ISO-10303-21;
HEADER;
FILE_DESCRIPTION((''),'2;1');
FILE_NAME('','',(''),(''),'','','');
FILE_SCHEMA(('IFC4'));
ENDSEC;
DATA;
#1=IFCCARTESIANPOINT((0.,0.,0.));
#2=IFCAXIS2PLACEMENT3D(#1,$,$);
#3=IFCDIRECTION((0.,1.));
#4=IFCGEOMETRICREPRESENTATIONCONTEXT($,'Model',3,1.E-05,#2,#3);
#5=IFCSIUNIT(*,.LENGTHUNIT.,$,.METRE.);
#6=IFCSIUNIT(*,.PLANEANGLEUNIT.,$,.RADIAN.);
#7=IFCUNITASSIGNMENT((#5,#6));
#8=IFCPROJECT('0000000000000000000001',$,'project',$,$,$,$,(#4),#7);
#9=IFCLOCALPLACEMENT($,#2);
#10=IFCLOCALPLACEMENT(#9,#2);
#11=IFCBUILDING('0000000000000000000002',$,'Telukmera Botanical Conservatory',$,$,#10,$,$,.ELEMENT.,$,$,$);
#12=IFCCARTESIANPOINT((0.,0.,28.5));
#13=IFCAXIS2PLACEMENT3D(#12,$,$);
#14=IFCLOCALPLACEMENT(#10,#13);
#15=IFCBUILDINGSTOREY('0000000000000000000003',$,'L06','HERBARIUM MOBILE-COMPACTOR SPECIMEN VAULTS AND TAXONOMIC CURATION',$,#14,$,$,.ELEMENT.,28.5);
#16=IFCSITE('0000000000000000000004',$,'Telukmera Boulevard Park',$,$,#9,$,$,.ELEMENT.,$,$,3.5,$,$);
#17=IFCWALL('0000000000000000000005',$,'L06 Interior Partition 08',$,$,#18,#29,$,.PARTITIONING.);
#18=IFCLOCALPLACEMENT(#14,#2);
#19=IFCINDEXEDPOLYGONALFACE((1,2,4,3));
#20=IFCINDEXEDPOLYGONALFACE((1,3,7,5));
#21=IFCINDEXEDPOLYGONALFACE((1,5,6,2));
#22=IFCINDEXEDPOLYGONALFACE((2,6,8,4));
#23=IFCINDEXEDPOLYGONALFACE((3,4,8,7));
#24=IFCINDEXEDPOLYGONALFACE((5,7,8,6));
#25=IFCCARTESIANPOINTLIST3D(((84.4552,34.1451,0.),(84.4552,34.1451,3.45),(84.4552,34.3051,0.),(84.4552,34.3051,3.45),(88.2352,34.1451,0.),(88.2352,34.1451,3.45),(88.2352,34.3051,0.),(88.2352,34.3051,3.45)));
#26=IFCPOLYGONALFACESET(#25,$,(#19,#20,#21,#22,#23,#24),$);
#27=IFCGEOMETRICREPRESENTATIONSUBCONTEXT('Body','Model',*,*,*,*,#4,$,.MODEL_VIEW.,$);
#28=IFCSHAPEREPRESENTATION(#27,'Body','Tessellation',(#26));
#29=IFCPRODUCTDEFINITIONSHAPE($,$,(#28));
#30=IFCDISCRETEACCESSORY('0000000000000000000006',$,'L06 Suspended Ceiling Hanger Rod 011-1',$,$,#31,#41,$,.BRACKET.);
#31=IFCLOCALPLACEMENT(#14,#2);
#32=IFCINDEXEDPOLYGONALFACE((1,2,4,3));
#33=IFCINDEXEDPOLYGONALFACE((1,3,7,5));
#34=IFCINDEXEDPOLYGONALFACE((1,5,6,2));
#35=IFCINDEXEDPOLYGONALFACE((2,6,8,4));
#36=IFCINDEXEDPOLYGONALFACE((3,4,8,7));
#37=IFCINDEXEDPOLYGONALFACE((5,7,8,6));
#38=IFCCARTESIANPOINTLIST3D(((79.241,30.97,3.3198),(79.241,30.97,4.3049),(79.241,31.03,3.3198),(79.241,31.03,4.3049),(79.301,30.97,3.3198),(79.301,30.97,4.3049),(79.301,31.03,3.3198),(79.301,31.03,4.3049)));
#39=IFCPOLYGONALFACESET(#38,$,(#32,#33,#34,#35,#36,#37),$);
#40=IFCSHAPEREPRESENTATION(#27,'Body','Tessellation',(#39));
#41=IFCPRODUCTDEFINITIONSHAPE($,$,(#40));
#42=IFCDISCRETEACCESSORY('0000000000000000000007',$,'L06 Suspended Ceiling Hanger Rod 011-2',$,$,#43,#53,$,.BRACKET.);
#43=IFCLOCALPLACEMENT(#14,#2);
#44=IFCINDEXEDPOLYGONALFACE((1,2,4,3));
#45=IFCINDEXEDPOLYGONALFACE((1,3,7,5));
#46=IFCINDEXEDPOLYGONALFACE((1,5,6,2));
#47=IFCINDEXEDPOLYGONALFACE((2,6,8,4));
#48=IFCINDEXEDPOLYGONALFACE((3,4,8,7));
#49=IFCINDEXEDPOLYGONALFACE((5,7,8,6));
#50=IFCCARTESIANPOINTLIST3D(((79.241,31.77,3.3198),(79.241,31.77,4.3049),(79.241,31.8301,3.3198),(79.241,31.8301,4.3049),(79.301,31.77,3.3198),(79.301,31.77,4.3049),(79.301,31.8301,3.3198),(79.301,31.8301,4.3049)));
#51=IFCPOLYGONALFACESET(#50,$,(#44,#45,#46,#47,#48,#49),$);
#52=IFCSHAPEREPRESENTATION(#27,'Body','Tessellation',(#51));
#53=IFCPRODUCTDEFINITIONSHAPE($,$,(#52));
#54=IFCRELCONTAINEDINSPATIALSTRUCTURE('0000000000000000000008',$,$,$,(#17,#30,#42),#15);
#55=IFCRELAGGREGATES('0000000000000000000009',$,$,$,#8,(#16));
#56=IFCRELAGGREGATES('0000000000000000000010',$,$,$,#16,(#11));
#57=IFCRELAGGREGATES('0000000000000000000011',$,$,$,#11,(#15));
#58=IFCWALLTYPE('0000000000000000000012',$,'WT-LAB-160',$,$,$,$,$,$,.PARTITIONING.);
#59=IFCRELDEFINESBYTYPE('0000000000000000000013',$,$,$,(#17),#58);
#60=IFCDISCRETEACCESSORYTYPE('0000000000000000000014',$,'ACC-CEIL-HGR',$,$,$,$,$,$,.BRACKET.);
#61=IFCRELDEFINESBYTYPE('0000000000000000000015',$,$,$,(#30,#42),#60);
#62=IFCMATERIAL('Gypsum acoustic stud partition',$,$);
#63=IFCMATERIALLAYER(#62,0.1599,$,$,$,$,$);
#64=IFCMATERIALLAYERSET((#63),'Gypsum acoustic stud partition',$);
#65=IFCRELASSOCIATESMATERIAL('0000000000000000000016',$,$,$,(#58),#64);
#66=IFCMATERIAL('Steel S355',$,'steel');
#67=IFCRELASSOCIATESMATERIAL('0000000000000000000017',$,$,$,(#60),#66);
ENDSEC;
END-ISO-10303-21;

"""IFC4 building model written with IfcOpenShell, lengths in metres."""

from ifc_helpers import new_model, si_unit, direction, frame, frame_2d, origin, origin_2d, place, context, subcontext, project, spatial, rectangle, extrude, material, layer, layer_set, type_object, element, save


model = new_model("IFC4")

# Units and contexts
model_context = context("Model", 3, precision=1e-05, world=origin(), true_north=direction((0.0, 1.0)))
body_context = subcontext(model_context, "Body", "Model", "MODEL_VIEW")
ifc_project = project(units=[si_unit("LENGTHUNIT", "METRE"), si_unit("PLANEANGLEUNIT", "RADIAN")], contexts=[model_context])

# Site, building, storey
site_placement = place(None, origin())
site = spatial("IfcSite", under=ifc_project, at=site_placement, Name="Telukmera Boulevard Park", CompositionType="ELEMENT", RefElevation=3.5)
building_placement = place(site_placement, origin())
building = spatial("IfcBuilding", under=site, at=building_placement, Name="Telukmera Botanical Conservatory", CompositionType="ELEMENT")
storey_placement = place(building_placement, frame((0.0, 0.0, 28.5)))
storey = spatial("IfcBuildingStorey", under=building, at=storey_placement, Name="L06", Description="HERBARIUM MOBILE-COMPACTOR SPECIMEN VAULTS AND TAXONOMIC CURATION", CompositionType="ELEMENT", Elevation=28.5)

# Shared definitions
ifc_material_1 = material(Name="Gypsum acoustic stud partition")
ifc_layer_1 = layer(ifc_material_1, 0.1599)
ifc_layer_set_1 = layer_set([ifc_layer_1], Name="Gypsum acoustic stud partition")
wall_type_1 = type_object("IfcWallType", Name="WT-LAB-160", PredefinedType="PARTITIONING", material=ifc_layer_set_1)

# Wall
wall_1_placement = place(storey_placement, frame((84.4551, 34.2251, 0.0), z_axis=(0.0, 0.0, 1.0), x_axis=(1.0, 0.0, 0.0)))
element("IfcWall", 1, at=wall_1_placement, inside=storey, type_object=wall_type_1, Name="L06 Interior Partition 08", PredefinedType="PARTITIONING", context=body_context, shape_type="SweptSolid", body=[
    extrude(rectangle(XDim=3.78, YDim=0.1599, at=frame_2d((1.8901, 0.0))), origin(), (0.0, 0.0, 1.0), 3.45),
])

# Discrete accessories
ifc_material_2 = material(Name="Steel S355", Category="steel")
discrete_accessory_type = type_object("IfcDiscreteAccessoryType", Name="ACC-CEIL-HGR", PredefinedType="BRACKET", material=ifc_material_2)
for number, where, z_axis, x_axis, name in (
    (2, (79.271, 31.0, 3.3198), (0.0, 0.0, 1.0), (1.0, 0.0, 0.0), "L06 Suspended Ceiling Hanger Rod 011-1"),
    (3, (79.271, 31.8, 3.3198), (0.0, 0.0, 1.0), (1.0, 0.0, 0.0), "L06 Suspended Ceiling Hanger Rod 011-2"),
):
    element("IfcDiscreteAccessory", number, at=place(storey_placement, frame(where, z_axis=z_axis, x_axis=x_axis)), inside=storey, type_object=discrete_accessory_type, Name=name, PredefinedType="BRACKET", context=body_context, shape_type="SweptSolid", body=[
        extrude(rectangle(XDim=0.0601, YDim=0.0601, at=origin_2d()), origin(), (0.0, 0.0, 1.0), 0.9851),
    ])

save(model, "model.ifc")
